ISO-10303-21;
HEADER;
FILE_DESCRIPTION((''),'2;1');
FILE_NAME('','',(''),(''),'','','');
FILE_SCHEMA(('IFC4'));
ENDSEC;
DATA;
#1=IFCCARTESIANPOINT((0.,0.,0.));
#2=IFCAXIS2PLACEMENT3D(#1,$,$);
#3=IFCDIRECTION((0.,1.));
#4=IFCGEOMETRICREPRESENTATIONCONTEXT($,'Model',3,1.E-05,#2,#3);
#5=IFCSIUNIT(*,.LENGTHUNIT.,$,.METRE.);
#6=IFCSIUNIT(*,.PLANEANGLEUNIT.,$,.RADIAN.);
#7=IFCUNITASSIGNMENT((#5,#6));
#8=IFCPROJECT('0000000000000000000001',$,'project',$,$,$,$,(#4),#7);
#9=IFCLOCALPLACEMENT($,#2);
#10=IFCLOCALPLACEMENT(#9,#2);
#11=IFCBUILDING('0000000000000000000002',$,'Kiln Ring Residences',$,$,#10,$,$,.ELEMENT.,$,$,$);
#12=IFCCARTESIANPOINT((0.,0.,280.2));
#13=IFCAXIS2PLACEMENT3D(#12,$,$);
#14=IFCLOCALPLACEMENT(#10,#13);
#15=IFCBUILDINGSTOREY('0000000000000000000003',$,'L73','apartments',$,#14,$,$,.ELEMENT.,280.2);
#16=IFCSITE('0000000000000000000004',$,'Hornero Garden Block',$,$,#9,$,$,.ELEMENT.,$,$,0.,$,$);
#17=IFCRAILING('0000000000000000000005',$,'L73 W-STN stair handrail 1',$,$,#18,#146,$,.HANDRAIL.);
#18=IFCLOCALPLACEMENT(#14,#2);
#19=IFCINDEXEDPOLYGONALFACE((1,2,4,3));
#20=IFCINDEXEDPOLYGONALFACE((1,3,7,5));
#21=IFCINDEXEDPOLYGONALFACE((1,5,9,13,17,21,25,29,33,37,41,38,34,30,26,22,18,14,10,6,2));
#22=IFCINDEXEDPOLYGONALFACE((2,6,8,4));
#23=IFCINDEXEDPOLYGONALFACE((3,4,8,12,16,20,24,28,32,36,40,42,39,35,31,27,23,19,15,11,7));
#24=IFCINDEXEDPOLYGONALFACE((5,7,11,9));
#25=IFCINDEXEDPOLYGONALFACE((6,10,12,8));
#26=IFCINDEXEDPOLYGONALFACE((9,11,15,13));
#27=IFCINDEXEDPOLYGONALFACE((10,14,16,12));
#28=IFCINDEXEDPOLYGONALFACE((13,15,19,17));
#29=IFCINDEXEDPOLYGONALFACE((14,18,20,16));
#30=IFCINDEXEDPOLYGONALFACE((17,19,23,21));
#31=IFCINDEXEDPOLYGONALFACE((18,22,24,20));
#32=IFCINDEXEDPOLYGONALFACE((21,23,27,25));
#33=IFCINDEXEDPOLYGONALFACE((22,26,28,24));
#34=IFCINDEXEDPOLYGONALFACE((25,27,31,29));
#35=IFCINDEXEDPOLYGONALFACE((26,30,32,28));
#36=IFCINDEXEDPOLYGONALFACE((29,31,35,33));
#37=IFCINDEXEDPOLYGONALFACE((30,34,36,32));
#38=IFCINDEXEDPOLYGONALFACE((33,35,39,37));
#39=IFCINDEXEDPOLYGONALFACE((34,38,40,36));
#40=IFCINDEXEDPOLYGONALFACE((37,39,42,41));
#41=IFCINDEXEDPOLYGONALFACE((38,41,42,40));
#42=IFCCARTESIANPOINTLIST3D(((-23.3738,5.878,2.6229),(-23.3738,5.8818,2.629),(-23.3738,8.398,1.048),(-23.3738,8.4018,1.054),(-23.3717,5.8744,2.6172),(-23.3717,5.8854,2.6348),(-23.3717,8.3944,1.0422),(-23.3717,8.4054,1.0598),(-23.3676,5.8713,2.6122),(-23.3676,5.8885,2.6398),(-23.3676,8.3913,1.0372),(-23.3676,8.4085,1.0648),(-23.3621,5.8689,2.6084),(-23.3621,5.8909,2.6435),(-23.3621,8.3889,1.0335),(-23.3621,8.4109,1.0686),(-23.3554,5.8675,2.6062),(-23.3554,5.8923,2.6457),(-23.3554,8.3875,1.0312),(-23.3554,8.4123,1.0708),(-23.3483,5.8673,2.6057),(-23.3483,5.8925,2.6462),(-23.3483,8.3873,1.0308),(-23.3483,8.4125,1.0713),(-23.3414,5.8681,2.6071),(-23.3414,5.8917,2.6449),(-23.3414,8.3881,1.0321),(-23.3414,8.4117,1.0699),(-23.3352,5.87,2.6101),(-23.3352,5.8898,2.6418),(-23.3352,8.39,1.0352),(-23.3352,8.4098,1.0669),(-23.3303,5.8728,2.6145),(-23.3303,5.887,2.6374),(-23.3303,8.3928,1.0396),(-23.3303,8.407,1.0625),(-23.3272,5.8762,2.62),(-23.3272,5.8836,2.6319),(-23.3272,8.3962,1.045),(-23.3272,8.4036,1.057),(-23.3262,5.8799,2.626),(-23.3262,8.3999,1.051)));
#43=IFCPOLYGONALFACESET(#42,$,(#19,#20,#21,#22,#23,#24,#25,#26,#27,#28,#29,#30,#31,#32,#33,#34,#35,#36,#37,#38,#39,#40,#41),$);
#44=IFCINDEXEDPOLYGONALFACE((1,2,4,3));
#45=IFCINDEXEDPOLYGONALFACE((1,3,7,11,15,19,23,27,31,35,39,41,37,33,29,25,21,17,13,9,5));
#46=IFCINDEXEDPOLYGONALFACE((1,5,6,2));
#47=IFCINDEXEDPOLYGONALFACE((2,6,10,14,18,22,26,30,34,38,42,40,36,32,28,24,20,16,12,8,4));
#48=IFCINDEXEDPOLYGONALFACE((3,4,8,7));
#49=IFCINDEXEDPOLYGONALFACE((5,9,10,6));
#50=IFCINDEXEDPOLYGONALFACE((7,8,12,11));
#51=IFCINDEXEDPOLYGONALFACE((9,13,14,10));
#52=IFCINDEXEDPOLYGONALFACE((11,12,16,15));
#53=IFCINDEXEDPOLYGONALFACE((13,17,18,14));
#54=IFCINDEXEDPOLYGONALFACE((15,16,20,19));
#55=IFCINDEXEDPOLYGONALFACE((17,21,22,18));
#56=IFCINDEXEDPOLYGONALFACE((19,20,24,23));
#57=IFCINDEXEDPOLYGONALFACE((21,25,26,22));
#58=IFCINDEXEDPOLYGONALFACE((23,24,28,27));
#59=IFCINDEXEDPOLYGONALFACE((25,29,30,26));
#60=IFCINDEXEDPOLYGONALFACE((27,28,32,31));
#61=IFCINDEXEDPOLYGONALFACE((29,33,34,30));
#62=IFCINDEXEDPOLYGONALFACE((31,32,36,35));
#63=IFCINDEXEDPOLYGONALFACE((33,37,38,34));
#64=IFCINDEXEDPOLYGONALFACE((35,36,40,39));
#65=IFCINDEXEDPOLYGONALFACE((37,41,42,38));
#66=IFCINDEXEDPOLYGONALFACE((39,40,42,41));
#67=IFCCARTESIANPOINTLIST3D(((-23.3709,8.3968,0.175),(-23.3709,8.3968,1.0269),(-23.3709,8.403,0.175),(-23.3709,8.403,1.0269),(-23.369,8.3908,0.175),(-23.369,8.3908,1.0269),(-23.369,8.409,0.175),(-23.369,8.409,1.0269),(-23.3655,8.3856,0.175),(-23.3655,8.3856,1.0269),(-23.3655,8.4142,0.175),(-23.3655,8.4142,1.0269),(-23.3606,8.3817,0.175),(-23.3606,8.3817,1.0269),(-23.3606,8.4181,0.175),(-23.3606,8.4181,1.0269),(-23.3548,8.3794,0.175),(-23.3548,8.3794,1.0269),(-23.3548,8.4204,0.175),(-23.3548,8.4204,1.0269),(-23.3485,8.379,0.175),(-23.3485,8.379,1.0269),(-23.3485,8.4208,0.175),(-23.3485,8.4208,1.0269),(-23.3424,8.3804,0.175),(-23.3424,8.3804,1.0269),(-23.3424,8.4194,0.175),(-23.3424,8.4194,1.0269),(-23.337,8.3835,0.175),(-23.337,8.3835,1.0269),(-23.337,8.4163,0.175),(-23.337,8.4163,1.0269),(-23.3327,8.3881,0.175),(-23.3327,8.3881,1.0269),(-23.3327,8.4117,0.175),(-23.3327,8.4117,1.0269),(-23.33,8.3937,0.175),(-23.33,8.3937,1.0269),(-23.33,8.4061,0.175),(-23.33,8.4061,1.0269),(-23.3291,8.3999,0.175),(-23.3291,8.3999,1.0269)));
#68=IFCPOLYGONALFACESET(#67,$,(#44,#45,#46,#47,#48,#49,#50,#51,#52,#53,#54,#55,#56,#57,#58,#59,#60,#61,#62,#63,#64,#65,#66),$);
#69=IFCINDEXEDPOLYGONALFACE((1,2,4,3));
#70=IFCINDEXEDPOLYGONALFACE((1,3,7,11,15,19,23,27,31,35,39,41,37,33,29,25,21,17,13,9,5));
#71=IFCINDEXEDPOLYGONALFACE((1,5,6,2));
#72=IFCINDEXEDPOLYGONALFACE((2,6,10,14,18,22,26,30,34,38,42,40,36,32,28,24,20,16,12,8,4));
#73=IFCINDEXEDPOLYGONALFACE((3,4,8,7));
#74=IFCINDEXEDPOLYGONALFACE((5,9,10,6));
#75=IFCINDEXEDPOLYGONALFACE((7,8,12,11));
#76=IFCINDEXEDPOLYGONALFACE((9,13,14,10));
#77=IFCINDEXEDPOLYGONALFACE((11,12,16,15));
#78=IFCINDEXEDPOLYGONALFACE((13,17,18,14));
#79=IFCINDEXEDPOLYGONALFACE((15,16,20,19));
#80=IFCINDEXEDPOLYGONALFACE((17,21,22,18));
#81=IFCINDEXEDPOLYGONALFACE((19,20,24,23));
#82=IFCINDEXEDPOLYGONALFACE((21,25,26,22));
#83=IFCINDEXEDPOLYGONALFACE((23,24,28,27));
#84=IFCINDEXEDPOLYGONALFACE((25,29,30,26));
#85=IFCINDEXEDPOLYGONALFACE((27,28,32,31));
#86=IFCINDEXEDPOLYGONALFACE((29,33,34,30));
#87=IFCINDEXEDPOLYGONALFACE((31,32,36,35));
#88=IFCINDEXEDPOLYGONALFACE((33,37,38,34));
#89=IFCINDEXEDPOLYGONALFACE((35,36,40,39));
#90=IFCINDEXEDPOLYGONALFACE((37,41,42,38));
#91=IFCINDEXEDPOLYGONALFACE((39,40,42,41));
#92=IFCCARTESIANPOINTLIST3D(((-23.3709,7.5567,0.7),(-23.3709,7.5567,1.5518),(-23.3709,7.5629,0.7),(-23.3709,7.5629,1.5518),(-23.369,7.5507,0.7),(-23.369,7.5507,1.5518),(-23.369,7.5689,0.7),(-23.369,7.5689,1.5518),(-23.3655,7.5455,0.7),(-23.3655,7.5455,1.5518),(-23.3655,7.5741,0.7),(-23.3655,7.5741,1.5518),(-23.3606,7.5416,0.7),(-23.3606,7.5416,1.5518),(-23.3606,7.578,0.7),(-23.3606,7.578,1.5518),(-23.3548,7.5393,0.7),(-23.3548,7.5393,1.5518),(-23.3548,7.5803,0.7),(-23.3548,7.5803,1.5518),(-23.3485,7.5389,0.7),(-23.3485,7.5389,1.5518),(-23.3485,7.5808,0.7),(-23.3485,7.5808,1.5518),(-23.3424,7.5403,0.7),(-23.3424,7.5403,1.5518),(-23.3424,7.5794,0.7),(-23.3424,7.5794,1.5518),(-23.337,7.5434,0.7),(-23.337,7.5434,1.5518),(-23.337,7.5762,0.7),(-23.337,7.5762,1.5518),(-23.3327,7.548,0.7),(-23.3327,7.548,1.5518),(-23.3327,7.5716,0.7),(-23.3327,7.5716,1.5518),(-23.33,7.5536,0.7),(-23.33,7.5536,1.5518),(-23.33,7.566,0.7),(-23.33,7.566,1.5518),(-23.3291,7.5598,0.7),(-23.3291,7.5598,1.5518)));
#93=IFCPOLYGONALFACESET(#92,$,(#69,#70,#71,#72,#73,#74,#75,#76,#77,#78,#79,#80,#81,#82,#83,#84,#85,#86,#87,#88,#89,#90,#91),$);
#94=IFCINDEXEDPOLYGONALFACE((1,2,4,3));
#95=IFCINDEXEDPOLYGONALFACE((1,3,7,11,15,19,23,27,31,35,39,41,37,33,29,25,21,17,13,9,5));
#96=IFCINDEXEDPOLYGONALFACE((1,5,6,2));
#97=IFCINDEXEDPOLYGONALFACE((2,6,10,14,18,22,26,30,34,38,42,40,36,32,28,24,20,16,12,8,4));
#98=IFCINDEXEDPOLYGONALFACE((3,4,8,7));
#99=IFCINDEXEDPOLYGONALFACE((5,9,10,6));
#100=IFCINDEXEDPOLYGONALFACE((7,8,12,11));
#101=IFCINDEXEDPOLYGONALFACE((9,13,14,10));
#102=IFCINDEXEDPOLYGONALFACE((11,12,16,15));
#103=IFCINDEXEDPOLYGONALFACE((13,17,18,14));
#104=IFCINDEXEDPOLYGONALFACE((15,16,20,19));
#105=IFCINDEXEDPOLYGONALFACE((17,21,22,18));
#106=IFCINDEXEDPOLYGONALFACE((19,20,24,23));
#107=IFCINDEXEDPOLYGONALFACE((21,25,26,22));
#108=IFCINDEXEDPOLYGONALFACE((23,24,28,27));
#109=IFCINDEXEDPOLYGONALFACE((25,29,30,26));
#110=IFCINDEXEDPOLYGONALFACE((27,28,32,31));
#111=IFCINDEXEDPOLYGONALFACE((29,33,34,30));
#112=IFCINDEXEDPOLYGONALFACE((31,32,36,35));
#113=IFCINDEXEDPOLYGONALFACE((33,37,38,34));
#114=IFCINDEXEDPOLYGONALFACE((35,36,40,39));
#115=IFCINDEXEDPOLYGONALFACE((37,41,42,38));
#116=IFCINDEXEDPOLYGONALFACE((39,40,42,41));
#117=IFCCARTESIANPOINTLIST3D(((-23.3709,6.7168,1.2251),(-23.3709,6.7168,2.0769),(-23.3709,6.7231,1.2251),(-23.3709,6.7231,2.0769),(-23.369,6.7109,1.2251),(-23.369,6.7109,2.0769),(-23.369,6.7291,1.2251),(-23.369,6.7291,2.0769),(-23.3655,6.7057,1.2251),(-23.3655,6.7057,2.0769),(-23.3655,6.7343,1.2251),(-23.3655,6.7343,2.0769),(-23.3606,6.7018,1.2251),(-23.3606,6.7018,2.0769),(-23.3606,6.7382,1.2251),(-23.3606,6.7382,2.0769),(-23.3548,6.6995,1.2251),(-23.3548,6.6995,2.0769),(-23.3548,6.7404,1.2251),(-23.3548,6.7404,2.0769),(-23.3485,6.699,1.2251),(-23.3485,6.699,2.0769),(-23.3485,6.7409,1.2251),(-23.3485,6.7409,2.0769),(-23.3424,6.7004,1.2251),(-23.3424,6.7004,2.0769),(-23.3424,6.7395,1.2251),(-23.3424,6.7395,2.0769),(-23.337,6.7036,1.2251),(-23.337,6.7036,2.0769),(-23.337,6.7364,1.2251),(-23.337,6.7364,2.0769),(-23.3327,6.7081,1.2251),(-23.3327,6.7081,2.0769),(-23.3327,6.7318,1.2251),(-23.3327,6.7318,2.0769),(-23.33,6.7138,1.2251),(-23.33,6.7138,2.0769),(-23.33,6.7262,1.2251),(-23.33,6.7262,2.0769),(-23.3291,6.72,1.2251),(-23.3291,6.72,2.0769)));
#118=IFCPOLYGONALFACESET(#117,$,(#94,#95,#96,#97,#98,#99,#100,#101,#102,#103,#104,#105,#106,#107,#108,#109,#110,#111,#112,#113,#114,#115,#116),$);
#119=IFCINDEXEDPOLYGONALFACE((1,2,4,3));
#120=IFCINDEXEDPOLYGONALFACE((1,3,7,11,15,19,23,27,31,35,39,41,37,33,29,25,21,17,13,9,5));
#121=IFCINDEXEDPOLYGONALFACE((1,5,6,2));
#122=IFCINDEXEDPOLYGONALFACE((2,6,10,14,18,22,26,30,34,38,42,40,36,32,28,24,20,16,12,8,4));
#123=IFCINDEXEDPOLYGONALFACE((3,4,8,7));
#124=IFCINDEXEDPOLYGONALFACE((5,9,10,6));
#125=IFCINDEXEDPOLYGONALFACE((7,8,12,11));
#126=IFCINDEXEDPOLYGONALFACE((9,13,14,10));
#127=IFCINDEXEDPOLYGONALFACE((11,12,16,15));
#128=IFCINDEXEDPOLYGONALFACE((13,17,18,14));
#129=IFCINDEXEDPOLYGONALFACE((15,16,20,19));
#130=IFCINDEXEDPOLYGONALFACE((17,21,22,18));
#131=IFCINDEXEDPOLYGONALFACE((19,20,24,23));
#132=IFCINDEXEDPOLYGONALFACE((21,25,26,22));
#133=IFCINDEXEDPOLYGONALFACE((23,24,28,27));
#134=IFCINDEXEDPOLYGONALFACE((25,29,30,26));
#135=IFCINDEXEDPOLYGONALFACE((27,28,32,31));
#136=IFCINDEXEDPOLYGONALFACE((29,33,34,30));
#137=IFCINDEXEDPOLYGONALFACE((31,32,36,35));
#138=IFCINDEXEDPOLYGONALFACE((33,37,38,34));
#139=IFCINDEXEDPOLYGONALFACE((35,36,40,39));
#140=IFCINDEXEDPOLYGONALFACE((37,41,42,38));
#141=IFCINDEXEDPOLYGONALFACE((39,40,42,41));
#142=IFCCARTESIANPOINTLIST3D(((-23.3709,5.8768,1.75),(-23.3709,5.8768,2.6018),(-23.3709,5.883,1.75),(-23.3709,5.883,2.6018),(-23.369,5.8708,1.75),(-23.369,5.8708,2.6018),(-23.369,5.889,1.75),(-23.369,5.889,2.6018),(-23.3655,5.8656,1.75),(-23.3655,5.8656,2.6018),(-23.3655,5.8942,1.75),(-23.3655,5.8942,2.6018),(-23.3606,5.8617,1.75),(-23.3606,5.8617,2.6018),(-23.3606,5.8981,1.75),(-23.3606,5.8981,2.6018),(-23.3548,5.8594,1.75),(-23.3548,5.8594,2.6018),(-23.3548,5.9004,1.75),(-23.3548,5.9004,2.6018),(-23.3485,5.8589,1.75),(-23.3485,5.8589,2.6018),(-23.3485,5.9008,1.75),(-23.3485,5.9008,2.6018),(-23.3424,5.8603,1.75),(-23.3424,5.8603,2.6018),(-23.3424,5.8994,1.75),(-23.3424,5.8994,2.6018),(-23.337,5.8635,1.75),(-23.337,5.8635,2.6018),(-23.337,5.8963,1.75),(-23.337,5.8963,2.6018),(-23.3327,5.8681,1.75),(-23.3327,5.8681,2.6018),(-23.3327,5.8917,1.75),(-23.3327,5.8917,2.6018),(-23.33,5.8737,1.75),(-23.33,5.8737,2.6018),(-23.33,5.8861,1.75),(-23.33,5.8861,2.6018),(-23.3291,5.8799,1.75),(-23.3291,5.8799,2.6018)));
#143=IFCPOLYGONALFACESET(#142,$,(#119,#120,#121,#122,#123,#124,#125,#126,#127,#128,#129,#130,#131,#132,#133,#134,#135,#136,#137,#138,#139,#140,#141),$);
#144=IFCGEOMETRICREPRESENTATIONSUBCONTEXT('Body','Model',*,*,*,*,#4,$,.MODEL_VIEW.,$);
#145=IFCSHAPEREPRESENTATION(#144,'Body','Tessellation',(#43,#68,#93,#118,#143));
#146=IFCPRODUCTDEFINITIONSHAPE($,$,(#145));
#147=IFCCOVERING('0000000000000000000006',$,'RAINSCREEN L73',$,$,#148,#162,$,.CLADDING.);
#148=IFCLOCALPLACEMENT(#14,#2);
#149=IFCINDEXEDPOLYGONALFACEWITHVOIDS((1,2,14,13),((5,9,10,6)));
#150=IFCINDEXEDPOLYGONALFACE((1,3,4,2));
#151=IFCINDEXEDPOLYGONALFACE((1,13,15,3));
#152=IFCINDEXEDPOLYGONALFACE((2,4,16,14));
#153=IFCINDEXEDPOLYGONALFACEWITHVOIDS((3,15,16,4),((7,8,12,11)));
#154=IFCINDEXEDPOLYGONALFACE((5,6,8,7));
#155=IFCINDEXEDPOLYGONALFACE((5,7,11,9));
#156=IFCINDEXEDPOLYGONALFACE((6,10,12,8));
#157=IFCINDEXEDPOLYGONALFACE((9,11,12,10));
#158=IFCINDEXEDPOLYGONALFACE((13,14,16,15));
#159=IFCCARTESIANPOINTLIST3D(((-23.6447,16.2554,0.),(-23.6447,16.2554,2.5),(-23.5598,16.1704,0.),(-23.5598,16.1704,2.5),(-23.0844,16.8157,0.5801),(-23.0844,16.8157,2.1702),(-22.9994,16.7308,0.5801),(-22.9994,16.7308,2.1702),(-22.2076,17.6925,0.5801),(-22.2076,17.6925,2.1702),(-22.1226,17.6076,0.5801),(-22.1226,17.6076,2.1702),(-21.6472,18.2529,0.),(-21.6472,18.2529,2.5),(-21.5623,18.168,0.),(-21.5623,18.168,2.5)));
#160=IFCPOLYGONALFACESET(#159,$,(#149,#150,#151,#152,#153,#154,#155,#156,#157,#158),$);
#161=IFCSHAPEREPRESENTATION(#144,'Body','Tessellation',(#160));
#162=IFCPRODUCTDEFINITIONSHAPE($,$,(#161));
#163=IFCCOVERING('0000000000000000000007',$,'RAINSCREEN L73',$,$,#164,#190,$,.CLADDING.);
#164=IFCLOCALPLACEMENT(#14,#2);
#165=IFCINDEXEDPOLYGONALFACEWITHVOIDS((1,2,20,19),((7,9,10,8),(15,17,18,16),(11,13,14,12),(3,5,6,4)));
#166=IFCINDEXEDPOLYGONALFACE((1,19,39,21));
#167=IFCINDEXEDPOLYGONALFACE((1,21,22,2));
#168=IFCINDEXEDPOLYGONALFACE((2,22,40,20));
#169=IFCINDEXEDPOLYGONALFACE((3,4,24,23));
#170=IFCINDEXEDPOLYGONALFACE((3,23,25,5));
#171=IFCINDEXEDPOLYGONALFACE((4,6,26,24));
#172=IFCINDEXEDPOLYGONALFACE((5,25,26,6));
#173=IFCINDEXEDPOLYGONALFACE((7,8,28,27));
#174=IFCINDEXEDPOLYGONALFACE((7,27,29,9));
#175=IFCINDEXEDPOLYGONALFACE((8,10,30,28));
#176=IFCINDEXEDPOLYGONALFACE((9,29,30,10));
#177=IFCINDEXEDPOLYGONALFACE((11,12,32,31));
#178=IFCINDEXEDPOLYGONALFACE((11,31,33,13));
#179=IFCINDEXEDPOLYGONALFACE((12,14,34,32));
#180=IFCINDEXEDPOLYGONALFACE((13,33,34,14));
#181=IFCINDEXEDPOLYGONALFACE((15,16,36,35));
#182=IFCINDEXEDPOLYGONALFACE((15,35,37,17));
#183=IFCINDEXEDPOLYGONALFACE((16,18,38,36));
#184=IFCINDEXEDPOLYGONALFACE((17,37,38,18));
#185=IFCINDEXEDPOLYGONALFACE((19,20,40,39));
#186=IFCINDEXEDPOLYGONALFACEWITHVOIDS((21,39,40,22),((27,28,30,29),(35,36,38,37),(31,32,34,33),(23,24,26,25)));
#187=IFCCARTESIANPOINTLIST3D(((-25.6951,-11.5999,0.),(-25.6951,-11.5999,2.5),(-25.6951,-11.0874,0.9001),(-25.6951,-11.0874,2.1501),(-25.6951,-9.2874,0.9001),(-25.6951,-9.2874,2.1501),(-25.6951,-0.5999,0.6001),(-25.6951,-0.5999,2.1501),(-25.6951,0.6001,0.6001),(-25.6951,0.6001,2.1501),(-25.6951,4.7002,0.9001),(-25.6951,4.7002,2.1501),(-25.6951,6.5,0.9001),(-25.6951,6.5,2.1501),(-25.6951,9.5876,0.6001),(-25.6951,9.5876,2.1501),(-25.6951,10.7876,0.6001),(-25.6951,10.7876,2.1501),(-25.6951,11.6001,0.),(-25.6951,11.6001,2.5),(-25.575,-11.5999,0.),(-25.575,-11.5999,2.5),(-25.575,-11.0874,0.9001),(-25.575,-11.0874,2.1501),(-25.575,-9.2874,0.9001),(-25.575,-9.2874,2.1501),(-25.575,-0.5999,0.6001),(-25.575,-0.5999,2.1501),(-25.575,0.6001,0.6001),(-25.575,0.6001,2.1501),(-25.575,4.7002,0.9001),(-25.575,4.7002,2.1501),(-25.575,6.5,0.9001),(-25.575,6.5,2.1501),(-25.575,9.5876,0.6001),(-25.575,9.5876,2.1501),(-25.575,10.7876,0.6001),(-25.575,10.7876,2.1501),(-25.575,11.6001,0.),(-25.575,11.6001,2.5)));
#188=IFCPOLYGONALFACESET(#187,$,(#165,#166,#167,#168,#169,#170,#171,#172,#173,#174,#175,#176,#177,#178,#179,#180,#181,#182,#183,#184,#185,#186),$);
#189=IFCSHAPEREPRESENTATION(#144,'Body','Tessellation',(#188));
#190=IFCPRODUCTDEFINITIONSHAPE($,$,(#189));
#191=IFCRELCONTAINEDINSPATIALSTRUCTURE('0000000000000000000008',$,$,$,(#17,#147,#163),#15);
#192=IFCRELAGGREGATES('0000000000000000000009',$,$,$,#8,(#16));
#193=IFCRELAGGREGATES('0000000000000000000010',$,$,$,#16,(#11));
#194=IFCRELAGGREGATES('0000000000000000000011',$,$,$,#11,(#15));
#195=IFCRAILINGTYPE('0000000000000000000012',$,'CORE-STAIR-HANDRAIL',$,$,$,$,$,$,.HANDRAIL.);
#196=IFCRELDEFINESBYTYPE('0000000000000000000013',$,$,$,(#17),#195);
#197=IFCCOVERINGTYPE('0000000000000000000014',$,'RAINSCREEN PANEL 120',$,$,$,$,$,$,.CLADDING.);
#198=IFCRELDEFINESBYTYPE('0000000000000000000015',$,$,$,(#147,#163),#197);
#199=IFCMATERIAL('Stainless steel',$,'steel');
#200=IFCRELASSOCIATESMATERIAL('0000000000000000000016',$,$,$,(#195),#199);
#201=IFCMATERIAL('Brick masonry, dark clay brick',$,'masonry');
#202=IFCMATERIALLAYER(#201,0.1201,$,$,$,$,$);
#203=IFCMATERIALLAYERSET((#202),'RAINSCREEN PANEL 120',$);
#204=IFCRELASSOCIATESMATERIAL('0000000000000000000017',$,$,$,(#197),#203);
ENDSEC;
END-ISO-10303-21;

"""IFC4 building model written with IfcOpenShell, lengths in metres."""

from ifc_helpers import new_model, si_unit, direction, frame, origin, origin_2d, place, context, subcontext, project, spatial, polyline, circle, outline, extrude, material, layer, layer_set, type_object, element, save


model = new_model("IFC4")

# Units and contexts
model_context = context("Model", 3, precision=1e-05, world=origin(), true_north=direction((0.0, 1.0)))
body_context = subcontext(model_context, "Body", "Model", "MODEL_VIEW")
ifc_project = project(units=[si_unit("LENGTHUNIT", "METRE"), si_unit("PLANEANGLEUNIT", "RADIAN")], contexts=[model_context])

# Site, building, storey
site_placement = place(None, origin())
site = spatial("IfcSite", under=ifc_project, at=site_placement, Name="Hornero Garden Block", CompositionType="ELEMENT", RefElevation=0.0)
building_placement = place(site_placement, origin())
building = spatial("IfcBuilding", under=site, at=building_placement, Name="Kiln Ring Residences", CompositionType="ELEMENT")
storey_placement = place(building_placement, frame((0.0, 0.0, 280.2)))
storey = spatial("IfcBuildingStorey", under=building, at=storey_placement, Name="L73", Description="apartments", CompositionType="ELEMENT", Elevation=280.2)

# Railing
ifc_material_1 = material(Name="Stainless steel", Category="steel")
railing_type_1 = type_object("IfcRailingType", Name="CORE-STAIR-HANDRAIL", PredefinedType="HANDRAIL", material=ifc_material_1)
railing_1_placement = place(storey_placement, frame((-23.3501, 8.3999, 0.175)))
element("IfcRailing", 1, at=railing_1_placement, inside=storey, type_object=railing_type_1, Name="L73 W-STN stair handrail 1", PredefinedType="HANDRAIL", context=body_context, shape_type="SweptSolid", body=[
    extrude(circle(Radius=0.0239, at=origin_2d()), frame((0.0, 0.0, 0.876), z_axis=(0.0, -0.848008, 0.529984), x_axis=(1.0, 0.0, 0.0)), (0.0, 0.0, 1.0), 2.9717),
    extrude(circle(Radius=0.021, at=origin_2d()), origin(), (0.0, 0.0, 1.0), 0.8518),
    extrude(circle(Radius=0.021, at=origin_2d()), frame((0.0, -0.8401, 0.5249)), (0.0, 0.0, 1.0), 0.8518),
    extrude(circle(Radius=0.021, at=origin_2d()), frame((0.0, -1.6799, 1.05)), (0.0, 0.0, 1.0), 0.8518),
    extrude(circle(Radius=0.021, at=origin_2d()), frame((0.0, -2.52, 1.575)), (0.0, 0.0, 1.0), 0.8518),
])

# Coverings
ifc_material_2 = material(Name="Brick masonry, dark clay brick", Category="masonry")
ifc_layer_1 = layer(ifc_material_2, 0.1201)
ifc_layer_set_1 = layer_set([ifc_layer_1], Name="RAINSCREEN PANEL 120")
covering_type = type_object("IfcCoveringType", Name="RAINSCREEN PANEL 120", PredefinedType="CLADDING", material=ifc_layer_set_1)
covering_1_placement = place(storey_placement, frame((-21.6047, 18.2104, 0.0), z_axis=(0.0, 0.0, 1.0), x_axis=(-0.707107, -0.707107, 0.0)))
element("IfcCovering", 2, at=covering_1_placement, inside=storey, type_object=covering_type, Name="RAINSCREEN L73", PredefinedType="CLADDING", context=body_context, shape_type="SweptSolid", body=[
    extrude(outline(polyline([(0.0, 0.0), (2.825, 0.0), (2.825, 2.5), (0.0, 2.5), (0.0, 0.0)]), holes=[polyline([(0.7925, 2.1702), (0.7925, 0.5801), (2.0325, 0.5801), (2.0325, 2.1702), (0.7925, 2.1702)])]), frame((0.0, 0.0601, 0.0), z_axis=(0.0, -1.0, 0.0), x_axis=(1.0, 0.0, 0.0)), (0.0, 0.0, 1.0), 0.1201),
])
covering_2_placement = place(storey_placement, frame((-25.635, 11.6001, 0.0), z_axis=(0.0, 0.0, 1.0), x_axis=(0.0, -1.0, 0.0)))
element("IfcCovering", 3, at=covering_2_placement, inside=storey, type_object=covering_type, Name="RAINSCREEN L73", PredefinedType="CLADDING", context=body_context, shape_type="SweptSolid", body=[
    extrude(outline(polyline([(0.0, 0.0), (23.2, 0.0), (23.2, 2.5), (0.0, 2.5), (0.0, 0.0)]), holes=[polyline([(2.0125, 0.6001), (2.0125, 2.1501), (0.8125, 2.1501), (0.8125, 0.6001), (2.0125, 0.6001)]), polyline([(12.2, 0.6001), (12.2, 2.1501), (11.0, 2.1501), (11.0, 0.6001), (12.2, 0.6001)]), polyline([(6.8999, 0.9001), (6.8999, 2.1501), (5.1001, 2.1501), (5.1001, 0.9001), (6.8999, 0.9001)]), polyline([(22.6875, 0.9001), (22.6875, 2.1501), (20.8875, 2.1501), (20.8875, 0.9001), (22.6875, 0.9001)])]), frame((0.0, 0.0601, 0.0), z_axis=(0.0, -1.0, 0.0), x_axis=(1.0, 0.0, 0.0)), (0.0, 0.0, 1.0), 0.1201),
])

save(model, "model.ifc")
